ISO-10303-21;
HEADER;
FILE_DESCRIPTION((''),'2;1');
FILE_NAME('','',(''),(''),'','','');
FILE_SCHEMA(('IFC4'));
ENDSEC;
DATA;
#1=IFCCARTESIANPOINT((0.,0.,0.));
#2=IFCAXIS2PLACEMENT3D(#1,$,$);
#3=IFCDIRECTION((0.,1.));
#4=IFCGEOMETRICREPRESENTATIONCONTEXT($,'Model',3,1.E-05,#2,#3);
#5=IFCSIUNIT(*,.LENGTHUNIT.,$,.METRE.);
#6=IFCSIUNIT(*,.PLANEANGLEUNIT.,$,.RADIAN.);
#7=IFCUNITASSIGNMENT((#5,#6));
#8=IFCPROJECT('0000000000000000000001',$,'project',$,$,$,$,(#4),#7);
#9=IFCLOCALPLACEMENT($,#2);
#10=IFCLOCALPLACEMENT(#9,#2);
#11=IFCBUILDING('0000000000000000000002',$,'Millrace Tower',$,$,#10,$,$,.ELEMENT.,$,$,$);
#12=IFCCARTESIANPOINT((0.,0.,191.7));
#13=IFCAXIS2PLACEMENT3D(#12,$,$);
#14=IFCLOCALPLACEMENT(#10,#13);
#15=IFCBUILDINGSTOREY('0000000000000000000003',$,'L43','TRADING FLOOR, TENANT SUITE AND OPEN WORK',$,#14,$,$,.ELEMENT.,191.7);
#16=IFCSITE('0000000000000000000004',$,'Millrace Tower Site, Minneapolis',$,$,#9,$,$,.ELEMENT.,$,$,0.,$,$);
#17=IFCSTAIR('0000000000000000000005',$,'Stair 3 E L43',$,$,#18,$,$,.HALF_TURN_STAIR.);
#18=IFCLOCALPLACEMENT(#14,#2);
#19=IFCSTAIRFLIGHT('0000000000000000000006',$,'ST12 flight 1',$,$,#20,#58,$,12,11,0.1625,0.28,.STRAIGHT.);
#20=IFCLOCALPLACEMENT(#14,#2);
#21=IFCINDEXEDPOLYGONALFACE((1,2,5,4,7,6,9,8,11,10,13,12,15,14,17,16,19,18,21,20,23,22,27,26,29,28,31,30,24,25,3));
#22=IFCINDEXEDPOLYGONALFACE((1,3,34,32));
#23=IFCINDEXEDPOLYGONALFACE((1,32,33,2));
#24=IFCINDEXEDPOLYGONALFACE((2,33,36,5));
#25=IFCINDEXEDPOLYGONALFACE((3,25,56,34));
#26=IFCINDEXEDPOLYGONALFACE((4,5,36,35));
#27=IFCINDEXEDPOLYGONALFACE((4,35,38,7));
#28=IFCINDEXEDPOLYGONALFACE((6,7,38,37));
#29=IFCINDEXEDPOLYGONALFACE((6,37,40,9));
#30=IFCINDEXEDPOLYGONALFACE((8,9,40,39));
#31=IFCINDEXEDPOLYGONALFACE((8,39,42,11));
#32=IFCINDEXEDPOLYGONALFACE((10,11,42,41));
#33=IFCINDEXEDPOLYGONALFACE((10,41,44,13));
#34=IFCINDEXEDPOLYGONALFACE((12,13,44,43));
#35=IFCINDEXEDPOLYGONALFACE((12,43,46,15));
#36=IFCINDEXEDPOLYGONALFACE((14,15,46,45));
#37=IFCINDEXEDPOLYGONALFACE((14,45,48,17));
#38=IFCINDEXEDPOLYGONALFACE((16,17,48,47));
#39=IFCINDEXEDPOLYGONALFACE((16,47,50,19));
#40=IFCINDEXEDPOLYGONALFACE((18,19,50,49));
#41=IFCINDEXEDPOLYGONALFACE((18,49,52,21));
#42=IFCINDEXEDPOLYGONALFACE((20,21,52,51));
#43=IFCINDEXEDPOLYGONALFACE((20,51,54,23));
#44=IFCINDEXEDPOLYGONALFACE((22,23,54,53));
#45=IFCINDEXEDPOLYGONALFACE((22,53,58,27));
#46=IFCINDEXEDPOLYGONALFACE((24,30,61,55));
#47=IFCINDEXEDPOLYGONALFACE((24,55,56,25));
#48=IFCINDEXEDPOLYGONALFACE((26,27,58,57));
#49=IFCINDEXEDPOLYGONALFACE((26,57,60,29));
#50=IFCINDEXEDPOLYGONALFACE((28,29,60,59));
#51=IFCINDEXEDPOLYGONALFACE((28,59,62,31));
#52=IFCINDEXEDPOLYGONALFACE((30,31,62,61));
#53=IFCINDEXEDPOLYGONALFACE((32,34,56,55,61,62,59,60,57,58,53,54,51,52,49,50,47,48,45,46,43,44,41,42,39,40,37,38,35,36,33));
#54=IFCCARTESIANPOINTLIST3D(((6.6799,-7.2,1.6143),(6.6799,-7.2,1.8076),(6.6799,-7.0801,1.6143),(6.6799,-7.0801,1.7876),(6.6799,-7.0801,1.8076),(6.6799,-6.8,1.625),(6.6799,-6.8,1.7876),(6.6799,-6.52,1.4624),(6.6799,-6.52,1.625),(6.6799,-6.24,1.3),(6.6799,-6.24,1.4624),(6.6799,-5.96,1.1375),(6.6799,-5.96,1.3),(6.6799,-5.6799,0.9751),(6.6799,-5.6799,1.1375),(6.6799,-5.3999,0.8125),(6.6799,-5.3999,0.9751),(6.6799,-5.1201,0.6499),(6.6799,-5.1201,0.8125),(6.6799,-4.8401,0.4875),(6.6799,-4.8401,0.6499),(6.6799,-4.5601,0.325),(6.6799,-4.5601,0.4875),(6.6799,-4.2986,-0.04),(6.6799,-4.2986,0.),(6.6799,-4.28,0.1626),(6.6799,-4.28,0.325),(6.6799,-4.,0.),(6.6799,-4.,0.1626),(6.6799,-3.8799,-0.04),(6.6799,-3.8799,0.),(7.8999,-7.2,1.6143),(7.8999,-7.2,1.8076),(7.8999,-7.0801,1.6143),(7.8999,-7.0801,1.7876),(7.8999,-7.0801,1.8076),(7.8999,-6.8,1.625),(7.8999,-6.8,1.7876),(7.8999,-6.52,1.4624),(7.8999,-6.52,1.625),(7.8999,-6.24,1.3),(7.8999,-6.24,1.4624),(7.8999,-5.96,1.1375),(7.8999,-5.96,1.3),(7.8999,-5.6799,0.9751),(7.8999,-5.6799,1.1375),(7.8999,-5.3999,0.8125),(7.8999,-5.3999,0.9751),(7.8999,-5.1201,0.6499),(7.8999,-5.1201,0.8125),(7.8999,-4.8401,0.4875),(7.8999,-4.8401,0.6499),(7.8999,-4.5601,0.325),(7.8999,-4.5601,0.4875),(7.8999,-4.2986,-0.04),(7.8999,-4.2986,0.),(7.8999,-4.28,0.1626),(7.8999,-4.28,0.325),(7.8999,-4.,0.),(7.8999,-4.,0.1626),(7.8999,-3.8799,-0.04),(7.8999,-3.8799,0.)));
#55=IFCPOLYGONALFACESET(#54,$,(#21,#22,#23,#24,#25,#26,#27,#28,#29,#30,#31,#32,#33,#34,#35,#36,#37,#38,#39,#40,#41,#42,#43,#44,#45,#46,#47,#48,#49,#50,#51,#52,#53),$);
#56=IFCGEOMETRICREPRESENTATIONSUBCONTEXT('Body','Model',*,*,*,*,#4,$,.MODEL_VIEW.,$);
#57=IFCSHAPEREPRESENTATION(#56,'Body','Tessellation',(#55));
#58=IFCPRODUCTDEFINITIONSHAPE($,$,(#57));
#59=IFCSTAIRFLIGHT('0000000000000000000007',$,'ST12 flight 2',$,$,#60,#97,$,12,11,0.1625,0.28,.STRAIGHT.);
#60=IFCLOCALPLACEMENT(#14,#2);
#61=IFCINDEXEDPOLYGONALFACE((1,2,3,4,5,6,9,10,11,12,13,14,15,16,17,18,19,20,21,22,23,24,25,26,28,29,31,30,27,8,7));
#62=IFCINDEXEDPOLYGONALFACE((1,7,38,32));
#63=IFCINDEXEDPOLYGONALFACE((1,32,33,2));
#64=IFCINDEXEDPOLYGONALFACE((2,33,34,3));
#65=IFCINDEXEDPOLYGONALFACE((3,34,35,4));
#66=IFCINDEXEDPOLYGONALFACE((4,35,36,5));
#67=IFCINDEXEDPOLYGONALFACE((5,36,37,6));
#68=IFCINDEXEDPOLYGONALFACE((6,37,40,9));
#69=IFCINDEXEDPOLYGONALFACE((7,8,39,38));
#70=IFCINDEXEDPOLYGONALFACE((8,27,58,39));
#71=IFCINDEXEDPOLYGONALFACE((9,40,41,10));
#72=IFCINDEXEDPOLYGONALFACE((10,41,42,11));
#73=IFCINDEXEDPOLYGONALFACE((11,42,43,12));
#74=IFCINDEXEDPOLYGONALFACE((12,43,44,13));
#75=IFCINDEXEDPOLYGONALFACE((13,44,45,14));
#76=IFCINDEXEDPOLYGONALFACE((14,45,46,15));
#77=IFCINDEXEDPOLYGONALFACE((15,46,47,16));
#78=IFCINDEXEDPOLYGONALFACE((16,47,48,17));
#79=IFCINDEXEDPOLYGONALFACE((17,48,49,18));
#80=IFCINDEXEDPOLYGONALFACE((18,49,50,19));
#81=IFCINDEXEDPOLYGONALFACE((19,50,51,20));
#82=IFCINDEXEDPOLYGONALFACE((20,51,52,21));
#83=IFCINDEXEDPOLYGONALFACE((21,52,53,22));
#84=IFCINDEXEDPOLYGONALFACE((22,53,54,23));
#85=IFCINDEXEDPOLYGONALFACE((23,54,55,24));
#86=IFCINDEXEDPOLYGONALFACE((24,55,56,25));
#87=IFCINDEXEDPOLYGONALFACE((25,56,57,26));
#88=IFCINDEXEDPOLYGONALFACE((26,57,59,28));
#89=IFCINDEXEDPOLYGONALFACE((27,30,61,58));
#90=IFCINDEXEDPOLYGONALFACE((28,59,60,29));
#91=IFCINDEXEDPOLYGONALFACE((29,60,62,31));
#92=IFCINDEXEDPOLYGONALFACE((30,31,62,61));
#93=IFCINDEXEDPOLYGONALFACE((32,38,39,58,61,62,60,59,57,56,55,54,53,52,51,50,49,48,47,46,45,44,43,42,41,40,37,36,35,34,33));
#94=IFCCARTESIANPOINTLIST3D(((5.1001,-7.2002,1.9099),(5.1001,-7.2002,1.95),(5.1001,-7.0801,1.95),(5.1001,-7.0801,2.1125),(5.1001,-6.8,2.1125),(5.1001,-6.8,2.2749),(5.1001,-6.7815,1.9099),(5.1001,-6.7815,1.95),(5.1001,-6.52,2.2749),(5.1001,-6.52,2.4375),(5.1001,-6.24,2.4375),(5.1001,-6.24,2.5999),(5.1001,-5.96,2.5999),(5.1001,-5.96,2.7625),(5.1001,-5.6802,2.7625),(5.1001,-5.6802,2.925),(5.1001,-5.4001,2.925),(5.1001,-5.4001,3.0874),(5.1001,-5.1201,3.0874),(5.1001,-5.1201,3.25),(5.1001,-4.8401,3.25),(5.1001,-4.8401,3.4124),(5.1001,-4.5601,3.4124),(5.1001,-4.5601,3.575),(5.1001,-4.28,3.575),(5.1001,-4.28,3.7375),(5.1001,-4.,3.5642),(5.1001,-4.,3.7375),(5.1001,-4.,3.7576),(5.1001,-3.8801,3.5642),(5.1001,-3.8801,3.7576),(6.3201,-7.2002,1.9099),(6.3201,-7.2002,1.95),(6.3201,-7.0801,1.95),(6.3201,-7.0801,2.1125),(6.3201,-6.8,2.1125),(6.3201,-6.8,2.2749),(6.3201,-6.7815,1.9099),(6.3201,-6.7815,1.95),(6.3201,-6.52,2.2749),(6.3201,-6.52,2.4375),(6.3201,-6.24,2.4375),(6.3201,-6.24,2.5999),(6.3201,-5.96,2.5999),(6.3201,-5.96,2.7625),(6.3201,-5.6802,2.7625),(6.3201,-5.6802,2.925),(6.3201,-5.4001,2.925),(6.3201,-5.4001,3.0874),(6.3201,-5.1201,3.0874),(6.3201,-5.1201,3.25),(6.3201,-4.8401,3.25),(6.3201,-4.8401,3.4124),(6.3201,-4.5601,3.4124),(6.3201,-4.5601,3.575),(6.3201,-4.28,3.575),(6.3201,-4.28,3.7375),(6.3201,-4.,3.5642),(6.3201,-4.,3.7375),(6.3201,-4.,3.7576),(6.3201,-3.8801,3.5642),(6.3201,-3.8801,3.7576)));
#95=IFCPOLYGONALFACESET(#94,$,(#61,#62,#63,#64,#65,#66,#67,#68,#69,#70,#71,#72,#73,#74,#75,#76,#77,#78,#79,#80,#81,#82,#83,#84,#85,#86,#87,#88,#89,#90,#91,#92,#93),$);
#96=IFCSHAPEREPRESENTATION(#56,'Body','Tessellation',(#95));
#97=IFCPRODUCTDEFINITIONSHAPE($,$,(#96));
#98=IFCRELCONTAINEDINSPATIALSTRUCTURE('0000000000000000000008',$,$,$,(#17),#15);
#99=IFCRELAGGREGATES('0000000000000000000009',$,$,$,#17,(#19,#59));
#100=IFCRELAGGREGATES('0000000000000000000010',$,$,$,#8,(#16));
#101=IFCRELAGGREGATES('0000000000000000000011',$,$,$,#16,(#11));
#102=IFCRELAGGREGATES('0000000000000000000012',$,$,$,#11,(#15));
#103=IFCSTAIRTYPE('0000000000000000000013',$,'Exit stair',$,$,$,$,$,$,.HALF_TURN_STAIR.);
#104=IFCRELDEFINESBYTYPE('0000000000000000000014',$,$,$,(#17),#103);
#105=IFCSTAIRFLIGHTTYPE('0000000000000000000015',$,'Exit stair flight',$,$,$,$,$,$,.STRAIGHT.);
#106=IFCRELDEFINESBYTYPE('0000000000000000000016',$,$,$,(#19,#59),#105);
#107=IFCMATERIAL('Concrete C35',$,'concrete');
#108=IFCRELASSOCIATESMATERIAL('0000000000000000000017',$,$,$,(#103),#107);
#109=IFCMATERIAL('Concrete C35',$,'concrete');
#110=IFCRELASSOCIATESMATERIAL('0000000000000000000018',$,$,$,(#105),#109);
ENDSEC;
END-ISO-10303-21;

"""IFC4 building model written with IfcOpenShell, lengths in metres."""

from ifc_helpers import new_model, si_unit, direction, frame, origin, place, context, subcontext, project, spatial, polyline, outline, extrude, material, type_object, element, aggregate, save


model = new_model("IFC4")

# Units and contexts
model_context = context("Model", 3, precision=1e-05, world=origin(), true_north=direction((0.0, 1.0)))
body_context = subcontext(model_context, "Body", "Model", "MODEL_VIEW")
ifc_project = project(units=[si_unit("LENGTHUNIT", "METRE"), si_unit("PLANEANGLEUNIT", "RADIAN")], contexts=[model_context])

# Site, building, storey
site_placement = place(None, origin())
site = spatial("IfcSite", under=ifc_project, at=site_placement, Name="Millrace Tower Site, Minneapolis", CompositionType="ELEMENT", RefElevation=0.0)
building_placement = place(site_placement, origin())
building = spatial("IfcBuilding", under=site, at=building_placement, Name="Millrace Tower", CompositionType="ELEMENT")
storey_placement = place(building_placement, frame((0.0, 0.0, 191.7)))
storey = spatial("IfcBuildingStorey", under=building, at=storey_placement, Name="L43", Description="TRADING FLOOR, TENANT SUITE AND OPEN WORK", CompositionType="ELEMENT", Elevation=191.7)

# Shared definitions
placement = place(storey_placement, origin())

# Shared definitions
ifc_material_1 = material(Name="Concrete C35", Category="concrete")
stair_type = type_object("IfcStairType", Name="Exit stair", PredefinedType="HALF_TURN_STAIR", material=ifc_material_1)
ifc_material_2 = material(Name="Concrete C35", Category="concrete")
stair_flight_type = type_object("IfcStairFlightType", Name="Exit stair flight", PredefinedType="STRAIGHT", material=ifc_material_2)

# Stair, stair flights
stair_1 = element("IfcStair", 1, at=placement, inside=storey, type_object=stair_type, Name="Stair 3 E L43", PredefinedType="HALF_TURN_STAIR")
stair_flight_1_placement = place(storey_placement, frame((7.29, -4.0, 0.0), z_axis=(0.0, 0.0, 1.0), x_axis=(0.0, -1.0, 0.0)))
stair_flight_1 = element("IfcStairFlight", 2, at=stair_flight_1_placement, type_object=stair_flight_type, Name="ST12 flight 1", NumberOfRisers=12, NumberOfTreads=11, PredefinedType="STRAIGHT", RiserHeight=0.1625, TreadLength=0.28, context=body_context, shape_type="SweptSolid", body=[
    extrude(outline(polyline([(-0.1201, -0.04), (-0.1201, 0.0), (0.0, 0.0), (0.0, 0.1626), (0.28, 0.1626), (0.28, 0.325), (0.5601, 0.325), (0.5601, 0.4875), (0.8401, 0.4875), (0.8401, 0.6499), (1.1201, 0.6499), (1.1201, 0.8125), (1.3999, 0.8125), (1.3999, 0.9751), (1.6799, 0.9751), (1.6799, 1.1375), (1.96, 1.1375), (1.96, 1.3), (2.24, 1.3), (2.24, 1.4624), (2.52, 1.4624), (2.52, 1.625), (2.8, 1.625), (2.8, 1.7876), (3.0801, 1.7876), (3.0801, 1.8076), (3.2, 1.8076), (3.2, 1.6143), (3.0801, 1.6143), (0.2986, 0.0), (0.2986, -0.04), (-0.1201, -0.04)])), frame((0.0, 0.6099, 0.0), z_axis=(0.0, -1.0, 0.0), x_axis=(1.0, 0.0, 0.0)), (0.0, 0.0, 1.0), 1.22),
])
stair_flight_2_placement = place(storey_placement, frame((5.71, -7.0801, 1.95), z_axis=(0.0, 0.0, 1.0), x_axis=(0.0, 1.0, 0.0)))
stair_flight_2 = element("IfcStairFlight", 3, at=stair_flight_2_placement, type_object=stair_flight_type, Name="ST12 flight 2", NumberOfRisers=12, NumberOfTreads=11, PredefinedType="STRAIGHT", RiserHeight=0.1625, TreadLength=0.28, context=body_context, shape_type="SweptSolid", body=[
    extrude(outline(polyline([(-0.1201, -0.04), (-0.1201, 0.0), (0.0, 0.0), (0.0, 0.1626), (0.28, 0.1626), (0.28, 0.325), (0.5601, 0.325), (0.5601, 0.4875), (0.8401, 0.4875), (0.8401, 0.6499), (1.1201, 0.6499), (1.1201, 0.8125), (1.3999, 0.8125), (1.3999, 0.9751), (1.6799, 0.9751), (1.6799, 1.1375), (1.96, 1.1375), (1.96, 1.3), (2.24, 1.3), (2.24, 1.4624), (2.52, 1.4624), (2.52, 1.625), (2.8, 1.625), (2.8, 1.7876), (3.0801, 1.7876), (3.0801, 1.8076), (3.2, 1.8076), (3.2, 1.6143), (3.0801, 1.6143), (0.2986, 0.0), (0.2986, -0.04), (-0.1201, -0.04)])), frame((0.0, 0.6099, 0.0), z_axis=(0.0, -1.0, 0.0), x_axis=(1.0, 0.0, 0.0)), (0.0, 0.0, 1.0), 1.22),
])
aggregate(stair_1, [stair_flight_1, stair_flight_2])

save(model, "model.ifc")
